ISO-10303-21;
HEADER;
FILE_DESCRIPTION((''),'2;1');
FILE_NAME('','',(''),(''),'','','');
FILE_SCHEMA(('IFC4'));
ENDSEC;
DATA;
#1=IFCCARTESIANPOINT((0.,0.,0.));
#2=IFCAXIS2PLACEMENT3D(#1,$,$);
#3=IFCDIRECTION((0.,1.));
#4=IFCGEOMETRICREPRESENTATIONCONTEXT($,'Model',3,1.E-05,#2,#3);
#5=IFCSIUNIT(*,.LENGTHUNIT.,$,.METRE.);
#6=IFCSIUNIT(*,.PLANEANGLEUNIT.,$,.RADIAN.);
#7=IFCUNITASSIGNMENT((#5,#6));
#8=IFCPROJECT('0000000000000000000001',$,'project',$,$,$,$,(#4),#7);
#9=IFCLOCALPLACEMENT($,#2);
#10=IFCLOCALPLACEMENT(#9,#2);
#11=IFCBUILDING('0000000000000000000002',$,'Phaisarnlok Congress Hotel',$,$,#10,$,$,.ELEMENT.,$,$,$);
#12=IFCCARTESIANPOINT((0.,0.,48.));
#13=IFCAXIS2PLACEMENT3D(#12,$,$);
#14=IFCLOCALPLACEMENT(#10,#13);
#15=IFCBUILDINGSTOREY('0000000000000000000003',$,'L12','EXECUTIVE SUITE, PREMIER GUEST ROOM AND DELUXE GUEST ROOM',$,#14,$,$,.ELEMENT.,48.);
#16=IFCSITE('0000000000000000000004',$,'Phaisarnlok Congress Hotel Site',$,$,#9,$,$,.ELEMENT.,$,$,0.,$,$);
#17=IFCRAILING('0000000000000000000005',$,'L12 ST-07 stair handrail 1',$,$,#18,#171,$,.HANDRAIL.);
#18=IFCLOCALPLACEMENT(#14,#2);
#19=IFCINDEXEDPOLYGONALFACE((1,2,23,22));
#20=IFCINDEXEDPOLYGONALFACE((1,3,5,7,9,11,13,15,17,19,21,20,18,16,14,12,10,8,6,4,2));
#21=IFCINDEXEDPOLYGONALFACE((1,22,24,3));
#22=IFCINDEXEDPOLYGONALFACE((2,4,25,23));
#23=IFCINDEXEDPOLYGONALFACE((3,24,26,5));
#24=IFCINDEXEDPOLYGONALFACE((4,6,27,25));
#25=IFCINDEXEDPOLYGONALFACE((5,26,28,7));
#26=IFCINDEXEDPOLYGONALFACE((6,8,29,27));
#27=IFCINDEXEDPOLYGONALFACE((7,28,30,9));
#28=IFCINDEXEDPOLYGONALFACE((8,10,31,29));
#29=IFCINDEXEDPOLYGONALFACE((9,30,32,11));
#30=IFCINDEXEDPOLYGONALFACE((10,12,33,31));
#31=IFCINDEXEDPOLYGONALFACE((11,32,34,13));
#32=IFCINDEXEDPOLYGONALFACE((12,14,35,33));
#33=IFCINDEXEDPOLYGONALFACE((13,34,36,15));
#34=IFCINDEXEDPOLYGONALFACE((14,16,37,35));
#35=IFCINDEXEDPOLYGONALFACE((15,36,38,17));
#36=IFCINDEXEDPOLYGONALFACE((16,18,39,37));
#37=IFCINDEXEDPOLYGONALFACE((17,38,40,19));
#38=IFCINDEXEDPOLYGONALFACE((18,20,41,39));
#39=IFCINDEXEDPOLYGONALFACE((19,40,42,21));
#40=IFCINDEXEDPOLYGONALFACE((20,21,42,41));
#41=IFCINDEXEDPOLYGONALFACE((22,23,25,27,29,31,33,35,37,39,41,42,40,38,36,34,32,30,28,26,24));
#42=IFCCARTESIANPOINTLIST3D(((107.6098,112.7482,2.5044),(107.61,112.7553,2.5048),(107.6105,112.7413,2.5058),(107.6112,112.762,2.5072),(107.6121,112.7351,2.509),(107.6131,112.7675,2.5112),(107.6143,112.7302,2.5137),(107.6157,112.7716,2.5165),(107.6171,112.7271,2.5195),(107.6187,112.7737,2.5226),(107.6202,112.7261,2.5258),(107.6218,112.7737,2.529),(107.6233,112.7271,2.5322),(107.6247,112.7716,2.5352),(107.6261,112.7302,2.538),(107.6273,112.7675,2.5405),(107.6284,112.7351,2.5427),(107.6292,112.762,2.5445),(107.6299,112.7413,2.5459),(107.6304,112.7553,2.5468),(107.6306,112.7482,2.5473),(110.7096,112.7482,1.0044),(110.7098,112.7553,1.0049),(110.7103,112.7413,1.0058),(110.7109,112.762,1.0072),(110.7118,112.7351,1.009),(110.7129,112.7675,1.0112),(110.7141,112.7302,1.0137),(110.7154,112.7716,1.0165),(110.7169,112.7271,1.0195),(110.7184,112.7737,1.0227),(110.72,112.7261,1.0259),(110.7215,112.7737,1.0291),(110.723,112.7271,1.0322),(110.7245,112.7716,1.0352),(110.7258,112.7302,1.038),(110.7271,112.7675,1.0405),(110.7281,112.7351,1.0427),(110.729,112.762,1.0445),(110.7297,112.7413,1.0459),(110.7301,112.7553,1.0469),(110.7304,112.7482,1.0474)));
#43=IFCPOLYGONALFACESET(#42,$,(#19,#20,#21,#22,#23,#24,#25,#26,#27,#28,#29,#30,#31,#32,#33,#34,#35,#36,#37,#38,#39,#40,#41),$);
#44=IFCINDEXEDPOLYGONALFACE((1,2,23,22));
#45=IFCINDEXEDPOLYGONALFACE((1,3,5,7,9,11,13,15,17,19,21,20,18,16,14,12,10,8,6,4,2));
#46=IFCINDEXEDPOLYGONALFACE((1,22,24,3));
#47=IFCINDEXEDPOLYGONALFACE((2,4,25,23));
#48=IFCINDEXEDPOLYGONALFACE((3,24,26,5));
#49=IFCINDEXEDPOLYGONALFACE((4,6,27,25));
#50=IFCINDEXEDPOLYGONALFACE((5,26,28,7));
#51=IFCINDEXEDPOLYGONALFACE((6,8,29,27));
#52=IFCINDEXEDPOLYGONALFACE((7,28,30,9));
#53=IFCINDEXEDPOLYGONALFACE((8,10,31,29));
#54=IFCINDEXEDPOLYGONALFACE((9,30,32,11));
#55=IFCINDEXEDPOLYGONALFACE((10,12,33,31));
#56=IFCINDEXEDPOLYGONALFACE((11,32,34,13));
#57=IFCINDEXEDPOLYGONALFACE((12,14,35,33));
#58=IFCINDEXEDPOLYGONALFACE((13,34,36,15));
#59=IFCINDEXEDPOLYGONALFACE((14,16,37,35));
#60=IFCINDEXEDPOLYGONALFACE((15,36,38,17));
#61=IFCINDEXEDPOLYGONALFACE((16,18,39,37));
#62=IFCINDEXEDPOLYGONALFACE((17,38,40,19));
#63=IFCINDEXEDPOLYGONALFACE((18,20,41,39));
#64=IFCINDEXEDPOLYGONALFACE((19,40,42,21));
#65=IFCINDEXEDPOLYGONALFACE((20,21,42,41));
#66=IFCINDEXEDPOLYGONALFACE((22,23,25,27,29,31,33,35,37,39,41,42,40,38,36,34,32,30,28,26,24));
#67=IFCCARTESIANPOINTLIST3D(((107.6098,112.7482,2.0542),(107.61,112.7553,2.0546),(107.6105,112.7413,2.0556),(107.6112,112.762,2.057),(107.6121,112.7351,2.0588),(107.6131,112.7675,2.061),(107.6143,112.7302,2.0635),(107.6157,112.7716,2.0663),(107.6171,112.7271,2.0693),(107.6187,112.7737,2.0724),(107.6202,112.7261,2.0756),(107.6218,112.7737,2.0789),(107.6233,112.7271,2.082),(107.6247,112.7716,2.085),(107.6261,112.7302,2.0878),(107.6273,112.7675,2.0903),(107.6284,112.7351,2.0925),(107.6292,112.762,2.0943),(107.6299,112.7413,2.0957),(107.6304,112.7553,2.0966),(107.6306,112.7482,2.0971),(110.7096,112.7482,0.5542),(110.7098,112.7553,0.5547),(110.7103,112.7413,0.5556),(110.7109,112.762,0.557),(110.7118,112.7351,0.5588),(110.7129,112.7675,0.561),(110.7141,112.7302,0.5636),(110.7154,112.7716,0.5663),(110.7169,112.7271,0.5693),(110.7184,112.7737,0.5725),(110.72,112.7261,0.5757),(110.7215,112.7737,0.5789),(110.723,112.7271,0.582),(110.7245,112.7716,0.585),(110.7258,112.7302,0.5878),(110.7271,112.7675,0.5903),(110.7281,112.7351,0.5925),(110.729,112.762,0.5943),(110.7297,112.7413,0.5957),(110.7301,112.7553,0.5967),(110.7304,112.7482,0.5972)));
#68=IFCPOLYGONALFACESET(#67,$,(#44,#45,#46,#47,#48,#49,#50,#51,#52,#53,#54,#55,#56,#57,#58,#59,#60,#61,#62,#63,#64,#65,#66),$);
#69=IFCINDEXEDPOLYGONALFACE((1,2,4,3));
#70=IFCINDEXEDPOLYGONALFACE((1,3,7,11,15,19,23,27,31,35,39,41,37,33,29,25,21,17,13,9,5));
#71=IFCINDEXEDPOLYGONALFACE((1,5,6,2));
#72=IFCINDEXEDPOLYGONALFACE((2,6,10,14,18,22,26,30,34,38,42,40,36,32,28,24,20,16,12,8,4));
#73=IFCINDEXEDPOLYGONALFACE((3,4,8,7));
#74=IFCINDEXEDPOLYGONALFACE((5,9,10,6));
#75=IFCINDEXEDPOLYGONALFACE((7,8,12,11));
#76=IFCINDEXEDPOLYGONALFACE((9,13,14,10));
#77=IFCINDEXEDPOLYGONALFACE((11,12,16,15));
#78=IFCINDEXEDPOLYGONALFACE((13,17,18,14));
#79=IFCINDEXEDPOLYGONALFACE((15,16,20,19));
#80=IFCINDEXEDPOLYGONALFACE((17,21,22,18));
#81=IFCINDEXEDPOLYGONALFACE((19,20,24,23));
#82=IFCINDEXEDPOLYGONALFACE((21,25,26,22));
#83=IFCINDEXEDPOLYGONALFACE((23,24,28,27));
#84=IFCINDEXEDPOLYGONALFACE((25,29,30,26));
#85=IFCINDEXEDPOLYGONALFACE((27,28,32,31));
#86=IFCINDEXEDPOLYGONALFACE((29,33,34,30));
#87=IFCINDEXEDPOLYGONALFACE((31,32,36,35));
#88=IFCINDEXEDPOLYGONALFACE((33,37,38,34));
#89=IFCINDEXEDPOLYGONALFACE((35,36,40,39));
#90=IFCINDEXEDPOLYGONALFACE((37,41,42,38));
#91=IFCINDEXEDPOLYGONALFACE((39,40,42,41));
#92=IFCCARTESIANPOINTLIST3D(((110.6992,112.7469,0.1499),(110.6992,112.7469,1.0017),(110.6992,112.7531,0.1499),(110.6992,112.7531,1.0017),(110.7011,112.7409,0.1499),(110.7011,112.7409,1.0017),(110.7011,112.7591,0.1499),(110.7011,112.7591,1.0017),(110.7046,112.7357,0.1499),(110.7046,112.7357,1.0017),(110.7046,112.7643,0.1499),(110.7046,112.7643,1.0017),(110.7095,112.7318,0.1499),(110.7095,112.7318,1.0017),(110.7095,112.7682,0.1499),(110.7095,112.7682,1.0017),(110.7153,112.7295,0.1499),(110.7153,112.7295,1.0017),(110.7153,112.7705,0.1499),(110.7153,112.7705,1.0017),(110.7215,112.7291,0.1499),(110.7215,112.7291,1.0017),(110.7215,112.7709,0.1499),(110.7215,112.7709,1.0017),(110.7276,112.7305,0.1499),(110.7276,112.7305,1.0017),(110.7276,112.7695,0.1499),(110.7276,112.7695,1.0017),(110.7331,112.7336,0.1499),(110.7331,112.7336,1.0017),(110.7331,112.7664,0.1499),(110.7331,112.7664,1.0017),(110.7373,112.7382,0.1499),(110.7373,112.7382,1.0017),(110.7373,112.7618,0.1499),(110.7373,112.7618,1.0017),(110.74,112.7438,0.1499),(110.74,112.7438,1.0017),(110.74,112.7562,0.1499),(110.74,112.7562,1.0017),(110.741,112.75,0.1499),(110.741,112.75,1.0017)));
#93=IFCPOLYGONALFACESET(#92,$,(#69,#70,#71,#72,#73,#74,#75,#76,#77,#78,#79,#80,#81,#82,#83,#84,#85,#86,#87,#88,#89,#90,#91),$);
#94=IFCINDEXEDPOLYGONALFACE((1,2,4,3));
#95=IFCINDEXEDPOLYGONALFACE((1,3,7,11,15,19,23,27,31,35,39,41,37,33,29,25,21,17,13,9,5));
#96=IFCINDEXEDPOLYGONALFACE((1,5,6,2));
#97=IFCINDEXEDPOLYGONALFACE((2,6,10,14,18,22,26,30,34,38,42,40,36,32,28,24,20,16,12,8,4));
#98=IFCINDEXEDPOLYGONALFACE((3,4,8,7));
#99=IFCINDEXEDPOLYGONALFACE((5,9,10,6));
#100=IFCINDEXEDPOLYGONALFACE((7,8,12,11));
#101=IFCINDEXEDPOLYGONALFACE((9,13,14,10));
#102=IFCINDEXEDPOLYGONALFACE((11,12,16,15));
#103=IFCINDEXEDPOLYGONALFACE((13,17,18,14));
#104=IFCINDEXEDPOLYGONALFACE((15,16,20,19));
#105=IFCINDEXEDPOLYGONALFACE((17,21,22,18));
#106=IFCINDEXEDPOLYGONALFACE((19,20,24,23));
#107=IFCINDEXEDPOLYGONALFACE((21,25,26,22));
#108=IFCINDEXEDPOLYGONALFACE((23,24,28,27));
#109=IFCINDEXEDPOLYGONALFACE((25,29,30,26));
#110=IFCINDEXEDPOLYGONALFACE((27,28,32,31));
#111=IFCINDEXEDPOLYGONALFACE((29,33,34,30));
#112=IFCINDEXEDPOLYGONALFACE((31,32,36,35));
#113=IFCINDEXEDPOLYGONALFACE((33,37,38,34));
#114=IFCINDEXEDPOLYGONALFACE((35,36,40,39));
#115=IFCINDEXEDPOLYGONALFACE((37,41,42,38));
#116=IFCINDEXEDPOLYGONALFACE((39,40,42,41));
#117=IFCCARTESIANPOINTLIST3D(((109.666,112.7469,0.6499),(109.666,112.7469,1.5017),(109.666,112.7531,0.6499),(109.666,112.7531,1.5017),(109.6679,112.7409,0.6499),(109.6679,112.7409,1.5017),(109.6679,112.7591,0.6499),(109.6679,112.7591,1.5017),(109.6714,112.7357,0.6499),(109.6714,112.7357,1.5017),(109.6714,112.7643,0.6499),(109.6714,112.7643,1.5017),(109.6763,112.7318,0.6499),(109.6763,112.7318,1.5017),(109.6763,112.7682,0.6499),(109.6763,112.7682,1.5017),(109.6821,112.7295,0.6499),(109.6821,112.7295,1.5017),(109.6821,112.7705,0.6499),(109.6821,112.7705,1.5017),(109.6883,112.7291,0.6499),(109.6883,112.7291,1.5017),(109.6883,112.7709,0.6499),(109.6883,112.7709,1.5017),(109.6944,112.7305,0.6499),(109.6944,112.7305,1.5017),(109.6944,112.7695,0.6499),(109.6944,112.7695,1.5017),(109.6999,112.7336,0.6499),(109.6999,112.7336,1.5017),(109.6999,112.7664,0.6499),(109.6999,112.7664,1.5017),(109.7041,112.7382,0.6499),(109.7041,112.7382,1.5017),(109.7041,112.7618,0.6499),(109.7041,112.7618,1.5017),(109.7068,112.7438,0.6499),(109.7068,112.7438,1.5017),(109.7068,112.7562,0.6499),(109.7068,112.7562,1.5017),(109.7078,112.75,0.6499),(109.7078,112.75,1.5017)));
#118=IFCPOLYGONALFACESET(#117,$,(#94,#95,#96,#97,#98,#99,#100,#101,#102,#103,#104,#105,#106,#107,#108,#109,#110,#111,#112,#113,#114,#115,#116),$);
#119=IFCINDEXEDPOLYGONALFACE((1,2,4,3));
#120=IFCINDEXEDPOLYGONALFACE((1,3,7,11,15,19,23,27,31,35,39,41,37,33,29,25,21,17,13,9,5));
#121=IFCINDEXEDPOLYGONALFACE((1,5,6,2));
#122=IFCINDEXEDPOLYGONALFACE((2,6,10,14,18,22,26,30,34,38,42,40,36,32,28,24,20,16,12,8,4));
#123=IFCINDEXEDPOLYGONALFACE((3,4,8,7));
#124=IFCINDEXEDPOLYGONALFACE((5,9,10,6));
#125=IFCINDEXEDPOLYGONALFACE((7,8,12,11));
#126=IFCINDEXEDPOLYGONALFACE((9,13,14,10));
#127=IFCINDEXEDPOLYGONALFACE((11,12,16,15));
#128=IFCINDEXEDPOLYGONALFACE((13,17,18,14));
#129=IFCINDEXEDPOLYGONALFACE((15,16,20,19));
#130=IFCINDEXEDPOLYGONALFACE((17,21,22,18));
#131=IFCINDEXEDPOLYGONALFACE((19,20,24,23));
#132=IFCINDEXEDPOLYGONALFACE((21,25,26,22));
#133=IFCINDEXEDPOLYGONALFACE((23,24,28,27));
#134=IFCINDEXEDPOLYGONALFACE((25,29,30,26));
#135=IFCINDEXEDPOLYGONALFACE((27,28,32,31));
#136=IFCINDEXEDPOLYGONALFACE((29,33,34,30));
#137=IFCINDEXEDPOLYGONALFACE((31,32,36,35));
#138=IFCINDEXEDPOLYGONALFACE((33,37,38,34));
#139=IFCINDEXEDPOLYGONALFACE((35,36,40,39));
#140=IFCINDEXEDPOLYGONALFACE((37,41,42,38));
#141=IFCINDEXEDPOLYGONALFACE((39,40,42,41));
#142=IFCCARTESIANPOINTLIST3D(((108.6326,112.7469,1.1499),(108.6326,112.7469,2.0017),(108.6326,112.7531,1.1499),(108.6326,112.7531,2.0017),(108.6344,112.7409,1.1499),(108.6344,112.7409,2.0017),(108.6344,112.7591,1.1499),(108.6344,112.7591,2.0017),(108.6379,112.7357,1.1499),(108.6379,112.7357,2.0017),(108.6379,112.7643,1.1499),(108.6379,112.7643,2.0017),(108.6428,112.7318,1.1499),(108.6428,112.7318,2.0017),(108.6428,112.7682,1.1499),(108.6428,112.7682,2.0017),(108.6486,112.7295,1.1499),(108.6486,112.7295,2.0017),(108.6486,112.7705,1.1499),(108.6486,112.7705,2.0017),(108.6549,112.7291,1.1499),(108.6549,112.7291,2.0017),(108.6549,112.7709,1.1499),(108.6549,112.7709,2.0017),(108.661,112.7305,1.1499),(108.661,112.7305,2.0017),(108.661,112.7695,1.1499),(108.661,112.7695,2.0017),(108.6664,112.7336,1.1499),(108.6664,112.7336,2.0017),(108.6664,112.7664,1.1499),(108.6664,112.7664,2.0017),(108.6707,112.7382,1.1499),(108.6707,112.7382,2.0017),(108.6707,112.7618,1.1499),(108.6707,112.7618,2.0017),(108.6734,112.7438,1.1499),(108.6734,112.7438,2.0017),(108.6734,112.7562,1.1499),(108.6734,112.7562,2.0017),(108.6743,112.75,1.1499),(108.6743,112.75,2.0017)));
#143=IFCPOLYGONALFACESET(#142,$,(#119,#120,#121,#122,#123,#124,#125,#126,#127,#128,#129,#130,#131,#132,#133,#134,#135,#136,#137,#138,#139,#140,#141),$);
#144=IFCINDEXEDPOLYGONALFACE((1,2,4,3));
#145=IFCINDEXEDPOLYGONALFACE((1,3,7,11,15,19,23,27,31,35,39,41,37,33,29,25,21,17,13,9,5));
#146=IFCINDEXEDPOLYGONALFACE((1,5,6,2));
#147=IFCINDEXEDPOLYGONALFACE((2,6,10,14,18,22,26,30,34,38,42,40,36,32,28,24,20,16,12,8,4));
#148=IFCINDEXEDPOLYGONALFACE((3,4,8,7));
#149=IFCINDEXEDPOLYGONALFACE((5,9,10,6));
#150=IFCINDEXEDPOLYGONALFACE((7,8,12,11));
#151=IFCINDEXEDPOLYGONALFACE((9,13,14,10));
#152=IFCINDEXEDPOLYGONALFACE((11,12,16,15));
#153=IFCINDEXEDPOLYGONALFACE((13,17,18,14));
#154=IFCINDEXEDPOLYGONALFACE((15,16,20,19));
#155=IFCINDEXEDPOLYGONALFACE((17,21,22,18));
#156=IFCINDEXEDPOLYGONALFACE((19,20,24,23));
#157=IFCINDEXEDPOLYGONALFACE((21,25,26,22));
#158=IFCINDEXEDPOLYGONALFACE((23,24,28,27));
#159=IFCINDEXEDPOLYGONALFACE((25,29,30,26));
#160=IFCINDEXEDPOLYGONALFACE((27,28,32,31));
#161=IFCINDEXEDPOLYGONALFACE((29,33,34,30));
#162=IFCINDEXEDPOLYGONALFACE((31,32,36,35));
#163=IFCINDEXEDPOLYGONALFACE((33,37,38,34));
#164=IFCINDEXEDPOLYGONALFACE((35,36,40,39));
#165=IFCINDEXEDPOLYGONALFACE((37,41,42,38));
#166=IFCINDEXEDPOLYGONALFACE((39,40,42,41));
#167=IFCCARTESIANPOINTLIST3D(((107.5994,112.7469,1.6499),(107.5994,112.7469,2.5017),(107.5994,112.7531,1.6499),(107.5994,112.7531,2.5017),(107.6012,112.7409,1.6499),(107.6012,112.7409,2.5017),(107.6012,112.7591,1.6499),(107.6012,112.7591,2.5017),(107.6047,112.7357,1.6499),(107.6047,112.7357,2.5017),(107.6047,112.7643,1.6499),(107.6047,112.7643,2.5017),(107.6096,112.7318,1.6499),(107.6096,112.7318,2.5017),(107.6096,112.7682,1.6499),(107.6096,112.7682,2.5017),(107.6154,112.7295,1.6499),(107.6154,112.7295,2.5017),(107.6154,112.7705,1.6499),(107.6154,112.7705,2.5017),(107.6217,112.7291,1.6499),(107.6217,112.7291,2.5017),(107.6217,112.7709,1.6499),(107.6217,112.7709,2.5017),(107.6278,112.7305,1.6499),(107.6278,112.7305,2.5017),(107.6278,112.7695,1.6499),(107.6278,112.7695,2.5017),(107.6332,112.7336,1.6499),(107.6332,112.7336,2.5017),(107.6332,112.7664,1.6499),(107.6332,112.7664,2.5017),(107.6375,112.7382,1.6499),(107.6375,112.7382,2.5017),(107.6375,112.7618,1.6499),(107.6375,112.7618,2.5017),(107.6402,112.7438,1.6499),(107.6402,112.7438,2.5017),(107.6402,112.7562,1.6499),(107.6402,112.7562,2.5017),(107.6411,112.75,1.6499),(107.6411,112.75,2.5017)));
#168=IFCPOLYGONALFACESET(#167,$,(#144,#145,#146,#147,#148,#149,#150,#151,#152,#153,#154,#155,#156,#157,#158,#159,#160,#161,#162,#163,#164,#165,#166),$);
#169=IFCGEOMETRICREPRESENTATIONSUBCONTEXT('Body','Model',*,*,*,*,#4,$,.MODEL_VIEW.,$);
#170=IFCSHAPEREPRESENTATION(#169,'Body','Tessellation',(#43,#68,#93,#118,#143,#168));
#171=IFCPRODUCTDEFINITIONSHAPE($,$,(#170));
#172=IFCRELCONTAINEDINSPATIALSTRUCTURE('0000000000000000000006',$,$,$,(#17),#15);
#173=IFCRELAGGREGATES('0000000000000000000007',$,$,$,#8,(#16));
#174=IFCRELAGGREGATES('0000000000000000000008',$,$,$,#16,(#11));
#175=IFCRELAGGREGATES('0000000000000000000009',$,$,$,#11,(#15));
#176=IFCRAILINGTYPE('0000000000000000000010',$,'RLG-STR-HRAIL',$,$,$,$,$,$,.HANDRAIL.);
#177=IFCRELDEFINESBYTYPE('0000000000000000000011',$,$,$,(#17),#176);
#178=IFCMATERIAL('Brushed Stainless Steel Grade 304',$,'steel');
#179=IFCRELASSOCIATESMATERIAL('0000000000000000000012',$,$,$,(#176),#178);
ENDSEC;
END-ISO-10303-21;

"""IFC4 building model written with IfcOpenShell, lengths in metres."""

from ifc_helpers import new_model, si_unit, direction, frame, origin, origin_2d, place, context, subcontext, project, spatial, circle, extrude, material, type_object, element, save


model = new_model("IFC4")

# Units and contexts
model_context = context("Model", 3, precision=1e-05, world=origin(), true_north=direction((0.0, 1.0)))
body_context = subcontext(model_context, "Body", "Model", "MODEL_VIEW")
ifc_project = project(units=[si_unit("LENGTHUNIT", "METRE"), si_unit("PLANEANGLEUNIT", "RADIAN")], contexts=[model_context])

# Site, building, storey
site_placement = place(None, origin())
site = spatial("IfcSite", under=ifc_project, at=site_placement, Name="Phaisarnlok Congress Hotel Site", CompositionType="ELEMENT", RefElevation=0.0)
building_placement = place(site_placement, origin())
building = spatial("IfcBuilding", under=site, at=building_placement, Name="Phaisarnlok Congress Hotel", CompositionType="ELEMENT")
storey_placement = place(building_placement, frame((0.0, 0.0, 48.0)))
storey = spatial("IfcBuildingStorey", under=building, at=storey_placement, Name="L12", Description="EXECUTIVE SUITE, PREMIER GUEST ROOM AND DELUXE GUEST ROOM", CompositionType="ELEMENT", Elevation=48.0)

# Railing
ifc_material_1 = material(Name="Brushed Stainless Steel Grade 304", Category="steel")
railing_type_1 = type_object("IfcRailingType", Name="RLG-STR-HRAIL", PredefinedType="HANDRAIL", material=ifc_material_1)
railing_1_placement = place(storey_placement, frame((110.72, 112.75, 0.1499)))
element("IfcRailing", 1, at=railing_1_placement, inside=storey, type_object=railing_type_1, Name="L12 ST-07 stair handrail 1", PredefinedType="HANDRAIL", context=body_context, shape_type="SweptSolid", body=[
    extrude(circle(Radius=0.0239, at=origin_2d()), frame((0.0, 0.0, 0.876), z_axis=(-0.900151, 0.0, 0.435578), x_axis=(0.0, -1.0, 0.0)), (0.0, 0.0, 1.0), 3.4436),
    extrude(circle(Radius=0.0239, at=origin_2d()), frame((0.0, 0.0, 0.4258), z_axis=(-0.900151, 0.0, 0.435578), x_axis=(0.0, -1.0, 0.0)), (0.0, 0.0, 1.0), 3.4436),
    extrude(circle(Radius=0.021, at=origin_2d()), origin(), (0.0, 0.0, 1.0), 0.8518),
    extrude(circle(Radius=0.021, at=origin_2d()), frame((-1.0332, 0.0, 0.5)), (0.0, 0.0, 1.0), 0.8518),
    extrude(circle(Radius=0.021, at=origin_2d()), frame((-2.0667, 0.0, 1.0)), (0.0, 0.0, 1.0), 0.8518),
    extrude(circle(Radius=0.021, at=origin_2d()), frame((-3.0999, 0.0, 1.5)), (0.0, 0.0, 1.0), 0.8518),
])

save(model, "model.ifc")
